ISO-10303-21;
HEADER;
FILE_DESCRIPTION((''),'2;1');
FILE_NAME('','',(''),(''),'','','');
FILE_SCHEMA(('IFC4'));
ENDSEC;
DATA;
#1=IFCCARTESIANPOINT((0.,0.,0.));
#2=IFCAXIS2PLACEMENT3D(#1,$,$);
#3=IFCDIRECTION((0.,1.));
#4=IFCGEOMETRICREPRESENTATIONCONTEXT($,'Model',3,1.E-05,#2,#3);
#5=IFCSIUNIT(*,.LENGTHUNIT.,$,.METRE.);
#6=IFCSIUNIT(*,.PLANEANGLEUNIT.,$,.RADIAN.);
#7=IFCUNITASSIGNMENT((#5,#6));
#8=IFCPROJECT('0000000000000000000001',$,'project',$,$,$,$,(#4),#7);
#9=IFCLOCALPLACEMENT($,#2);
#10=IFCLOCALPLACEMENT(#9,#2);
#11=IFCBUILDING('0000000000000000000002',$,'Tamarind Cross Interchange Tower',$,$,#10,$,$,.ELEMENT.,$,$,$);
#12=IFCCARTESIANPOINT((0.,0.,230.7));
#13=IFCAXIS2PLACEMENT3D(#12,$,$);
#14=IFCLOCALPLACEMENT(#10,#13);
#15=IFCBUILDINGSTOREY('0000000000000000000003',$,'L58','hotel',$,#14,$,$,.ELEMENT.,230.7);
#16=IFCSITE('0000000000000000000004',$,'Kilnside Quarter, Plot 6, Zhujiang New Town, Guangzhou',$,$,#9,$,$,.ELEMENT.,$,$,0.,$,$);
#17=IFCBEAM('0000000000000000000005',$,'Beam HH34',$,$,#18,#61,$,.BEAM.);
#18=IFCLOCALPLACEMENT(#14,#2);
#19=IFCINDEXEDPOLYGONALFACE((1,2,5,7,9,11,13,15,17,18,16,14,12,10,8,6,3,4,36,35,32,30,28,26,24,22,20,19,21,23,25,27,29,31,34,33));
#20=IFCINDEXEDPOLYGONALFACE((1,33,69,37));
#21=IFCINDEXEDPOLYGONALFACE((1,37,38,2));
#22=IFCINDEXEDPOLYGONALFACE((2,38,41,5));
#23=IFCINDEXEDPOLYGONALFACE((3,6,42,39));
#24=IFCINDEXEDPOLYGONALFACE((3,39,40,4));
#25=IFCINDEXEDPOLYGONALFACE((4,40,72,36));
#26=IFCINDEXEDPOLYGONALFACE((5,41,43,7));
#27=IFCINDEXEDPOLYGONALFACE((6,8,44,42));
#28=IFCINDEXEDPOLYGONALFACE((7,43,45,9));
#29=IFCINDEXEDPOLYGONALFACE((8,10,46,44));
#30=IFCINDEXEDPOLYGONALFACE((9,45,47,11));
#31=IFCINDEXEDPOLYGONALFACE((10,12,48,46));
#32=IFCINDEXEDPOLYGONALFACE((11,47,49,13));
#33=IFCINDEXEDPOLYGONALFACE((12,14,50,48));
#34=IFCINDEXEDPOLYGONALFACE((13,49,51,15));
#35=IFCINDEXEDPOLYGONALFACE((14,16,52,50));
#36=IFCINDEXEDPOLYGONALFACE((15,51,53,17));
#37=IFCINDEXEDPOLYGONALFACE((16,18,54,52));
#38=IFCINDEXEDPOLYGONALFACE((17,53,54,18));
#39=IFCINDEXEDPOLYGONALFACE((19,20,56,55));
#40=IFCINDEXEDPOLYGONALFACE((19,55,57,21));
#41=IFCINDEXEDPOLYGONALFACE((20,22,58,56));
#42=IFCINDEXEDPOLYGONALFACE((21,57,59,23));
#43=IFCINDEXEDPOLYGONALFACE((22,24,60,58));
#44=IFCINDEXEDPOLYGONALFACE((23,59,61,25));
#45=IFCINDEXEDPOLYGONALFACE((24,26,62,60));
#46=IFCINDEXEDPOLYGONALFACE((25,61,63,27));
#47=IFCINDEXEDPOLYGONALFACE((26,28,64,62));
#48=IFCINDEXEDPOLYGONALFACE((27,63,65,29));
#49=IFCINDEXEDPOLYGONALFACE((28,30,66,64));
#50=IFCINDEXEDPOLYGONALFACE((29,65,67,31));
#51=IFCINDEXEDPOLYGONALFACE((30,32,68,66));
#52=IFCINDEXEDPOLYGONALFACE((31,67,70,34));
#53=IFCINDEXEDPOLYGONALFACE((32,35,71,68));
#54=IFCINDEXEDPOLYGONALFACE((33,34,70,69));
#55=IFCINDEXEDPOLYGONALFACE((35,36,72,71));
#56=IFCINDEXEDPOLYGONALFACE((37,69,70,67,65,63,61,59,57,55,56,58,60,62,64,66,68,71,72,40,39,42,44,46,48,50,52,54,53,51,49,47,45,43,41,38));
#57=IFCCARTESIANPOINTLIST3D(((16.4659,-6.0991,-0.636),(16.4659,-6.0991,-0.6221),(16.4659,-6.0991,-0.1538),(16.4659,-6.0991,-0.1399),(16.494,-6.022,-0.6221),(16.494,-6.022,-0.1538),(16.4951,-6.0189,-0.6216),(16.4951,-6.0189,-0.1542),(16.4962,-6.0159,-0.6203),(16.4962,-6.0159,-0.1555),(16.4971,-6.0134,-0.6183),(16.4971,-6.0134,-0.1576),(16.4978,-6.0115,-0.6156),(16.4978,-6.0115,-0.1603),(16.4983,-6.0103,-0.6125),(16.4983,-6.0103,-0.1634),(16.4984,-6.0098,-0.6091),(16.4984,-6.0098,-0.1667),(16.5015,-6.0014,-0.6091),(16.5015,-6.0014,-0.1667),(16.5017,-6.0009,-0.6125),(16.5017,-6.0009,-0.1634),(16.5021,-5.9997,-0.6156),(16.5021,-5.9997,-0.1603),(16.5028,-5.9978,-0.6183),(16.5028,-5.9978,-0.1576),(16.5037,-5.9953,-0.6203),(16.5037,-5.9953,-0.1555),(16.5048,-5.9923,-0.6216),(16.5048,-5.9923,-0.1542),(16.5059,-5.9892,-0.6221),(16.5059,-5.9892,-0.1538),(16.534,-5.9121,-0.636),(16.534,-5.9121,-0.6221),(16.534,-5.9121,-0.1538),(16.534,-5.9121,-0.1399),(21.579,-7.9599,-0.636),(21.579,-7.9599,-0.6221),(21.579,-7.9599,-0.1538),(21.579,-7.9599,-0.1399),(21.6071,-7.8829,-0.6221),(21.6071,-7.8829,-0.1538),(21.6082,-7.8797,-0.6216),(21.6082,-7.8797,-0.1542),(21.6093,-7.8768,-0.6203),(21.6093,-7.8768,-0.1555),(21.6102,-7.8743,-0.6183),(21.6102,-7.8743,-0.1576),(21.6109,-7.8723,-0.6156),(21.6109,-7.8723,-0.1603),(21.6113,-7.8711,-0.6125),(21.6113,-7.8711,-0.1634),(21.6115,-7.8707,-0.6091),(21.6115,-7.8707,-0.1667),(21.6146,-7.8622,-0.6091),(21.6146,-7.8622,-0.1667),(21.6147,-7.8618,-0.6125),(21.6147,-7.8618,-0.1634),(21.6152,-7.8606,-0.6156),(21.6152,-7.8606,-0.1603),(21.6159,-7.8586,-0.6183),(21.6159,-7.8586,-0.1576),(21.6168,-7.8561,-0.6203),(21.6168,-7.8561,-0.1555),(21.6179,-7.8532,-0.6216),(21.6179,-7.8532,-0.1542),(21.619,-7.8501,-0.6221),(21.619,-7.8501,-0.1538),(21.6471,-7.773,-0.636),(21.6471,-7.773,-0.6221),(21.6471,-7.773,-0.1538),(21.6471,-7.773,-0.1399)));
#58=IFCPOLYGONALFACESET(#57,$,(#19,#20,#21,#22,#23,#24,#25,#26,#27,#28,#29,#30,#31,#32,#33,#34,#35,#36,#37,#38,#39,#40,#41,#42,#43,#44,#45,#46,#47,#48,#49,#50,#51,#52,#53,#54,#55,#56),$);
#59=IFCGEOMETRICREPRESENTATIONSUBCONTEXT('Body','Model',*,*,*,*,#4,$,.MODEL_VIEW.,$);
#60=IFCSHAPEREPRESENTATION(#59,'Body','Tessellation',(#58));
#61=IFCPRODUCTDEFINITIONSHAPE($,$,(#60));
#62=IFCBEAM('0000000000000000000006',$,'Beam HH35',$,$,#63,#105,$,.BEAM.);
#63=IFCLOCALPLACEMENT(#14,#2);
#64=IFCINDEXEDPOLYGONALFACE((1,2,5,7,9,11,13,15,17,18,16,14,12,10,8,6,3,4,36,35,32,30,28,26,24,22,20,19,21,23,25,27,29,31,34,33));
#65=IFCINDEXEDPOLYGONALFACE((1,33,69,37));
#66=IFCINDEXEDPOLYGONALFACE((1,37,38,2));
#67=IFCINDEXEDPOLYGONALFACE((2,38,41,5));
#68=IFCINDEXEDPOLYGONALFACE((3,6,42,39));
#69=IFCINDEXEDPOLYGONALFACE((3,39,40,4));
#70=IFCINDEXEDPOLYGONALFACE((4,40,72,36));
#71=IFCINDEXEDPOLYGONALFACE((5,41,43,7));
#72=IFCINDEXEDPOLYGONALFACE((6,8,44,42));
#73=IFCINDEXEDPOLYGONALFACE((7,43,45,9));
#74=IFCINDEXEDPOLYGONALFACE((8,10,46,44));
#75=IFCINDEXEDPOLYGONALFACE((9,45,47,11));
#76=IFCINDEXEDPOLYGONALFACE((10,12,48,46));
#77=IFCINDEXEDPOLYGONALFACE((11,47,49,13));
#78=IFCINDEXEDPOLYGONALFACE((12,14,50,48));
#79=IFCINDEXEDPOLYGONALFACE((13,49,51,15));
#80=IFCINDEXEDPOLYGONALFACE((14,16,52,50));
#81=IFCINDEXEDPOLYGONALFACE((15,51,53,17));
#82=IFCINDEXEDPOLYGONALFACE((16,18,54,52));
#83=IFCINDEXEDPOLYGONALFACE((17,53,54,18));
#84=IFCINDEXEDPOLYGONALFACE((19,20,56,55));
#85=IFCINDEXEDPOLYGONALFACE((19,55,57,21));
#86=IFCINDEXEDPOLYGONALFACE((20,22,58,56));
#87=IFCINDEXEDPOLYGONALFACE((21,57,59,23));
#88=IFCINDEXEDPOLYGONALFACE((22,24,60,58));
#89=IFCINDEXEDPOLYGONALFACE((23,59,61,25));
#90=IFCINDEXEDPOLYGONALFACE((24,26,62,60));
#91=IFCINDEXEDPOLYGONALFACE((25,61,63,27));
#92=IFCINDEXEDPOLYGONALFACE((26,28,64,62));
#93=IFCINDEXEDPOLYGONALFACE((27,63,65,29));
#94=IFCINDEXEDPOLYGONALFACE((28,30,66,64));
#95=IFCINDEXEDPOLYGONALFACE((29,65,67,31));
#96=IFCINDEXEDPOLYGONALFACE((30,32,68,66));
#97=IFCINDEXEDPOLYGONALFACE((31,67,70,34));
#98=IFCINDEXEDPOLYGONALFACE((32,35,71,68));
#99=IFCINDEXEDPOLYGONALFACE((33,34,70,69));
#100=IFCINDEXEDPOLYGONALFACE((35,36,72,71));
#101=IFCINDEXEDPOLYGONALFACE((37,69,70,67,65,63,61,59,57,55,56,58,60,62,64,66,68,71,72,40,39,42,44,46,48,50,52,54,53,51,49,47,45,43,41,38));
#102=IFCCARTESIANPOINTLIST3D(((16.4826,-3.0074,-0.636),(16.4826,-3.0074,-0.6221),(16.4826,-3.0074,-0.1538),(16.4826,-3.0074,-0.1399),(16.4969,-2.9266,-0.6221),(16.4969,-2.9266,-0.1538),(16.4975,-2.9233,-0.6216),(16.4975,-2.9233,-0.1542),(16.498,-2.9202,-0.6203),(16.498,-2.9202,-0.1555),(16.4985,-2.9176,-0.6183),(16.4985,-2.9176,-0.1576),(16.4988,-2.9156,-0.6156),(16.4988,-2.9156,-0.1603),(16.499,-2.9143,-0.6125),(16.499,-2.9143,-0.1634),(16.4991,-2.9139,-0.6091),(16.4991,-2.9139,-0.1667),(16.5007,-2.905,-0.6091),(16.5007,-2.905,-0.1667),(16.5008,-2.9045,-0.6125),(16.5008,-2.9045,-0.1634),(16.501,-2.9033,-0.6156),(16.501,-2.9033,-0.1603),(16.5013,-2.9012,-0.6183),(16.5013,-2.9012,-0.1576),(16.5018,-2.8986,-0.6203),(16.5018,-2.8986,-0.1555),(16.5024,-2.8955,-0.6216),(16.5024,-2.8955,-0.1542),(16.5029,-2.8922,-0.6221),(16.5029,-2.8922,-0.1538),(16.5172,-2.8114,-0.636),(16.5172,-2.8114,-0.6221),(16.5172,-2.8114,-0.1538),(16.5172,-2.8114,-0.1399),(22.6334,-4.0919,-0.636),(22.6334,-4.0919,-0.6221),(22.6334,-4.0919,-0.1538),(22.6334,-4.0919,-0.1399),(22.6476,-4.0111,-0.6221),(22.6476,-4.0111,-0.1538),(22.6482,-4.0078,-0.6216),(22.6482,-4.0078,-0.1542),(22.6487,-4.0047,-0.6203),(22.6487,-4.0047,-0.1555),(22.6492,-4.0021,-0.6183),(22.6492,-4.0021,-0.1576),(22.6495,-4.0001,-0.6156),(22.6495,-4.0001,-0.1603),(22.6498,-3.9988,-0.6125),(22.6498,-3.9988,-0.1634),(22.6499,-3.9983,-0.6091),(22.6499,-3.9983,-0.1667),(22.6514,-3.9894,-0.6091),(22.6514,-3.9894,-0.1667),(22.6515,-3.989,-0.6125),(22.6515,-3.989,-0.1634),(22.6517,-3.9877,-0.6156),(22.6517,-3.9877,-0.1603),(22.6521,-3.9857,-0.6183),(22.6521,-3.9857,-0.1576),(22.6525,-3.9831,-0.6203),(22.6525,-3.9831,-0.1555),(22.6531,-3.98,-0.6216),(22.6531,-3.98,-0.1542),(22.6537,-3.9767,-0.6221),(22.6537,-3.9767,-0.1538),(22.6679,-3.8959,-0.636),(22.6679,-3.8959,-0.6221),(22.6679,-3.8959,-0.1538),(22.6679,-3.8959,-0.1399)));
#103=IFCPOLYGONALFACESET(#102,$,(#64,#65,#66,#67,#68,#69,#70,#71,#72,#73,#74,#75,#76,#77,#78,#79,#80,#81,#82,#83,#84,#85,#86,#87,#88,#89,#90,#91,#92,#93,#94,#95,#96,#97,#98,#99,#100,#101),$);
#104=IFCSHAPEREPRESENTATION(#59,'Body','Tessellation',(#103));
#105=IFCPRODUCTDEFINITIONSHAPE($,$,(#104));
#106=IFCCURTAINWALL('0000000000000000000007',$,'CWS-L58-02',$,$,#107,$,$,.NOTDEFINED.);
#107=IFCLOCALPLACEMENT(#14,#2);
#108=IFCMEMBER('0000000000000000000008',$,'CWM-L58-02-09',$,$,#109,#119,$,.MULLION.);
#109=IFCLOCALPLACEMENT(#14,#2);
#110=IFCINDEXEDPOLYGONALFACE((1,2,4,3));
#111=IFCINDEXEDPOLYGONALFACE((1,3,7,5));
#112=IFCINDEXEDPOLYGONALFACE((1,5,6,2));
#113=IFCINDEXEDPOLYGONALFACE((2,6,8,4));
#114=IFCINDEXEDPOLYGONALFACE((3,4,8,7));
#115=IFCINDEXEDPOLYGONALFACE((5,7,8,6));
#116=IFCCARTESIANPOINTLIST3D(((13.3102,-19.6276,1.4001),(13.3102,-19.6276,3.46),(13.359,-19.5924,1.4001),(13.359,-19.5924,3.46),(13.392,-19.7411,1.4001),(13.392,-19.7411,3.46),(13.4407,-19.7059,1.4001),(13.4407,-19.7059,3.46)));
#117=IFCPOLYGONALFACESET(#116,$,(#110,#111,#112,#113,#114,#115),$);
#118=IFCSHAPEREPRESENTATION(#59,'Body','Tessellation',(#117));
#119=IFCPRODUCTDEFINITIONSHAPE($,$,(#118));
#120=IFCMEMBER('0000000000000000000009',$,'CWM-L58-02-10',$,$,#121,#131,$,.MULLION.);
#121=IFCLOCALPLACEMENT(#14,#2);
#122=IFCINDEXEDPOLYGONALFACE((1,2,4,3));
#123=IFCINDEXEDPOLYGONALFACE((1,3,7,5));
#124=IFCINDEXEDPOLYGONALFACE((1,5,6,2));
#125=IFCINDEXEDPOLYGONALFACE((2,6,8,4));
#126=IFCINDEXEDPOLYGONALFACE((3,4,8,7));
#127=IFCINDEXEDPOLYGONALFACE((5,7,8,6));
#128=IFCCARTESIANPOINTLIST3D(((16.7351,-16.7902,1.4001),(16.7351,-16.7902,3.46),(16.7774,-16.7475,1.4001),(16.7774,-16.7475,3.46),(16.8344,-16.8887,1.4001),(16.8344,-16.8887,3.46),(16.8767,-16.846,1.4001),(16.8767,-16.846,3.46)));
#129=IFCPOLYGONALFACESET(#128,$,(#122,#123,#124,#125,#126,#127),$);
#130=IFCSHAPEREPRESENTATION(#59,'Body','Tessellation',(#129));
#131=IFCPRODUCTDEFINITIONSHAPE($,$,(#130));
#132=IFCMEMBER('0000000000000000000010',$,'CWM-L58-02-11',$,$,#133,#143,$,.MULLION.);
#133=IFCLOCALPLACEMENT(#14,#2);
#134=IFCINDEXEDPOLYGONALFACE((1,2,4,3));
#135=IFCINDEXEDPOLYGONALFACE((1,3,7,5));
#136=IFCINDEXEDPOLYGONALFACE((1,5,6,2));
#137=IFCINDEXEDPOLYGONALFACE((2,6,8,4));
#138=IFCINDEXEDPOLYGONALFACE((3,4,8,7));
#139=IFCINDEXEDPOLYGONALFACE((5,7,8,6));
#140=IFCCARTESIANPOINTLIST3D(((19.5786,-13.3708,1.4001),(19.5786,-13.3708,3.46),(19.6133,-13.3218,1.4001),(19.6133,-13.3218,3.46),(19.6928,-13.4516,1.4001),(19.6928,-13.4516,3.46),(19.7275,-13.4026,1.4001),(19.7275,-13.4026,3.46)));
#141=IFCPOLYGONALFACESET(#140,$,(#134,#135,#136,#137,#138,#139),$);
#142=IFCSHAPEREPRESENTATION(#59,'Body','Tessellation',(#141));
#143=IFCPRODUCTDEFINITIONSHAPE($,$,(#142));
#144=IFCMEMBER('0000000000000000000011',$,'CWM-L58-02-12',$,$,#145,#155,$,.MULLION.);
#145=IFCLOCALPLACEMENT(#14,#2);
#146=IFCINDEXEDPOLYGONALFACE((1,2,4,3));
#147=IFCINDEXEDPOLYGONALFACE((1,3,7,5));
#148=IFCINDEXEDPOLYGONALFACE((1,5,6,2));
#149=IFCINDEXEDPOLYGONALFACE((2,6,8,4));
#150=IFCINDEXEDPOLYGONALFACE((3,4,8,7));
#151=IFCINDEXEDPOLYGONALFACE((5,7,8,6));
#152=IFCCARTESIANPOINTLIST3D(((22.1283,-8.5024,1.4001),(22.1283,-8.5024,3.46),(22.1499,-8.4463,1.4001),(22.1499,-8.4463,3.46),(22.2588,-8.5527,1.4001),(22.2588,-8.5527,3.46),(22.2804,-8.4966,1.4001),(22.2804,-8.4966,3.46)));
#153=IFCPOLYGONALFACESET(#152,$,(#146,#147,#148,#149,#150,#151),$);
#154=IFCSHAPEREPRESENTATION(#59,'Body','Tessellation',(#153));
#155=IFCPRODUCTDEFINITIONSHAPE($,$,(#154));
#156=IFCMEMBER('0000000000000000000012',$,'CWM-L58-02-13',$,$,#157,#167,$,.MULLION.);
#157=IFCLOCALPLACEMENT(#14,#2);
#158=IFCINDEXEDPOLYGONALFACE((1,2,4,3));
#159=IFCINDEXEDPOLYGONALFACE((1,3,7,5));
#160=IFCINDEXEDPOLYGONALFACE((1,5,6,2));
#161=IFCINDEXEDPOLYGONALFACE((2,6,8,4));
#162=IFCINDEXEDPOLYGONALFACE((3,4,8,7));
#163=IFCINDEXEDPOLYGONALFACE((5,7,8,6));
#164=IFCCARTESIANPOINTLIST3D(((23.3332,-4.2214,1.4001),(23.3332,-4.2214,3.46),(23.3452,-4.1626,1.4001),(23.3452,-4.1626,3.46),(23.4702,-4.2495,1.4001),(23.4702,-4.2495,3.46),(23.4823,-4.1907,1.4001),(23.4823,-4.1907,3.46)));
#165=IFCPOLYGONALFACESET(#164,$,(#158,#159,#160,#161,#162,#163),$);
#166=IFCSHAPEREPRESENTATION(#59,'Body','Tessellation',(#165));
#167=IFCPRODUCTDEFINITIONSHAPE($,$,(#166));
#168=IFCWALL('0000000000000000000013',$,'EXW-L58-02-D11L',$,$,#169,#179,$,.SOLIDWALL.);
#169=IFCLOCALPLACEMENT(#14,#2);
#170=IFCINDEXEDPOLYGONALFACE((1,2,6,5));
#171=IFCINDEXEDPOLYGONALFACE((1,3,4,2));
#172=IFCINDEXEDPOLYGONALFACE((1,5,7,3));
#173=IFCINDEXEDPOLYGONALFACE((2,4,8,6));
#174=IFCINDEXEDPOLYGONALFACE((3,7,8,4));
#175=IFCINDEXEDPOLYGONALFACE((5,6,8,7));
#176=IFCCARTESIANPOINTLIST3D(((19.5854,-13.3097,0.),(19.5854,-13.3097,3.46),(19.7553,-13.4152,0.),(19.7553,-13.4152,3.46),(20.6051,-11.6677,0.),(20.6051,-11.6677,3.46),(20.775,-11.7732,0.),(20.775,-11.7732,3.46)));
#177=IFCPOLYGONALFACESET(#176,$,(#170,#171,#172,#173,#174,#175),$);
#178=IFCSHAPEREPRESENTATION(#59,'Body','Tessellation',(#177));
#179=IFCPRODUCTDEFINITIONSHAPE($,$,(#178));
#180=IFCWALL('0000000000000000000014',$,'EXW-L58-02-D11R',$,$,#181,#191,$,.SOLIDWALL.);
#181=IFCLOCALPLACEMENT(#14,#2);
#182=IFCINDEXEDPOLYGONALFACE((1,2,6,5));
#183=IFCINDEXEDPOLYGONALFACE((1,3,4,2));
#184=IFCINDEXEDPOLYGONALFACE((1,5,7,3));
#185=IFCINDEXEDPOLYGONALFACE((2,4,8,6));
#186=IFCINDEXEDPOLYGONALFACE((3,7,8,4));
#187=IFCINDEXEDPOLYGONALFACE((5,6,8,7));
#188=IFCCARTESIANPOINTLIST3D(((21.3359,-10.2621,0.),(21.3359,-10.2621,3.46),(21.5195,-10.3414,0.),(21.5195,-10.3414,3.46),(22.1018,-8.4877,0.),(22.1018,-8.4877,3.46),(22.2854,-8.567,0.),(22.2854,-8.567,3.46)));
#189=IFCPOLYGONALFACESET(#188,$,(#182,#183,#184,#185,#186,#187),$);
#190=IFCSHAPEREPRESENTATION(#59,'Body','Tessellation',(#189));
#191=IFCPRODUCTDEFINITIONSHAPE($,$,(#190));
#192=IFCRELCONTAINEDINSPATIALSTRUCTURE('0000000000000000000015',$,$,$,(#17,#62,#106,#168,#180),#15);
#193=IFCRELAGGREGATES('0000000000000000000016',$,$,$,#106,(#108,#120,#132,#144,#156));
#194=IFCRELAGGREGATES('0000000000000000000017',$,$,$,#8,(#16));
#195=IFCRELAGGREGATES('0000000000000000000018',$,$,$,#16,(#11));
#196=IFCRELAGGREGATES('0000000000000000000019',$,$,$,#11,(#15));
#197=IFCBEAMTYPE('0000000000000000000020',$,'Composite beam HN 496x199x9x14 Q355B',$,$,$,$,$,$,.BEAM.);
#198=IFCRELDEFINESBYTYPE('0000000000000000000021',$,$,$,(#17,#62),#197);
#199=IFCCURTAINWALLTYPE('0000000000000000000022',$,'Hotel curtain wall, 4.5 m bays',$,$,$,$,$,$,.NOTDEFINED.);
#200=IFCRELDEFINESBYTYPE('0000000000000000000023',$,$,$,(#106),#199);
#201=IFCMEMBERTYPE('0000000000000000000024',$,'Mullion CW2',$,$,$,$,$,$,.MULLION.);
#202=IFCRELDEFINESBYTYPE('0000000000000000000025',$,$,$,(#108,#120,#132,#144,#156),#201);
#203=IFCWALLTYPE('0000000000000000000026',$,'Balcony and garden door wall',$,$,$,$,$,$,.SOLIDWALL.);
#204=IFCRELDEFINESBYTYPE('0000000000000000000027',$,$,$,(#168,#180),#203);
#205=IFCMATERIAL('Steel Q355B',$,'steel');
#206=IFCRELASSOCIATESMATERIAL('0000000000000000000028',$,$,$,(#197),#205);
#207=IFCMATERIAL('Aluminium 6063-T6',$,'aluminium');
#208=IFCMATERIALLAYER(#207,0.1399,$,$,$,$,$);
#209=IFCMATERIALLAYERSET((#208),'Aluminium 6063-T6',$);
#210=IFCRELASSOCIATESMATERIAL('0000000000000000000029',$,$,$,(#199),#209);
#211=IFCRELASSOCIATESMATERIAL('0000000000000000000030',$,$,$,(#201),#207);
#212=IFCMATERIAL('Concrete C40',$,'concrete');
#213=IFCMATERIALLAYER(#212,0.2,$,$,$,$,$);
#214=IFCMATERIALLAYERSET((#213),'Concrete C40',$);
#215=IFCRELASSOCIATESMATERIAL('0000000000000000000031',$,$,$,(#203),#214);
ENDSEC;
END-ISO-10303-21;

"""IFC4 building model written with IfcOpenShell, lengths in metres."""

from ifc_helpers import new_model, si_unit, direction, frame, frame_2d, origin, origin_2d, place, context, subcontext, project, spatial, rectangle, i_section, extrude, material, layer, layer_set, material_profile, profile_set, type_object, element, aggregate, save


model = new_model("IFC4")

# Units and contexts
model_context = context("Model", 3, precision=1e-05, world=origin(), true_north=direction((0.0, 1.0)))
body_context = subcontext(model_context, "Body", "Model", "MODEL_VIEW")
ifc_project = project(units=[si_unit("LENGTHUNIT", "METRE"), si_unit("PLANEANGLEUNIT", "RADIAN")], contexts=[model_context])

# Site, building, storey
site_placement = place(None, origin())
site = spatial("IfcSite", under=ifc_project, at=site_placement, Name="Kilnside Quarter, Plot 6, Zhujiang New Town, Guangzhou", CompositionType="ELEMENT", RefElevation=0.0)
building_placement = place(site_placement, origin())
building = spatial("IfcBuilding", under=site, at=building_placement, Name="Tamarind Cross Interchange Tower", CompositionType="ELEMENT")
storey_placement = place(building_placement, frame((0.0, 0.0, 230.7)))
storey = spatial("IfcBuildingStorey", under=building, at=storey_placement, Name="L58", Description="hotel", CompositionType="ELEMENT", Elevation=230.7)

# Beams
ifc_material_1 = material(Name="Steel Q355B", Category="steel")
ifc_material_profile_1 = material_profile(ifc_material_1, i_section(OverallWidth=0.199, OverallDepth=0.4961, WebThickness=0.009, FlangeThickness=0.0139, FilletRadius=0.0129, at=origin_2d()), Name="HN 496x199x9x14")
ifc_profile_set_1 = profile_set([ifc_material_profile_1], Name="Steel Q355B")
beam_type = type_object("IfcBeamType", Name="Composite beam HN 496x199x9x14 Q355B", PredefinedType="BEAM", material=ifc_profile_set_1)
beam_1_placement = place(storey_placement, frame((21.613, -7.8665, -0.3879), z_axis=(-0.939702, 0.341995, 0.0), x_axis=(-0.341995, -0.939702, 0.0)))
element("IfcBeam", 1, at=beam_1_placement, inside=storey, type_object=beam_type, Name="Beam HH34", PredefinedType="BEAM", context=body_context, shape_type="SweptSolid", body=[
    extrude(i_section(OverallWidth=0.199, OverallDepth=0.4961, WebThickness=0.009, FlangeThickness=0.0139, FilletRadius=0.0129, at=origin_2d()), origin(), (0.0, 0.0, 1.0), 5.4412),
])
beam_2_placement = place(storey_placement, frame((22.6506, -3.9939, -0.3879), z_axis=(-0.984809, 0.17364, 0.0), x_axis=(-0.17364, -0.984809, 0.0)))
element("IfcBeam", 2, at=beam_2_placement, inside=storey, type_object=beam_type, Name="Beam HH35", PredefinedType="BEAM", context=body_context, shape_type="SweptSolid", body=[
    extrude(i_section(OverallWidth=0.199, OverallDepth=0.4961, WebThickness=0.009, FlangeThickness=0.0139, FilletRadius=0.0129, at=origin_2d()), origin(), (0.0, 0.0, 1.0), 6.2456),
])

# Curtain wall, members
ifc_material_2 = material(Name="Aluminium 6063-T6", Category="aluminium")
ifc_layer_1 = layer(ifc_material_2, 0.1399)
ifc_layer_set_1 = layer_set([ifc_layer_1], Name="Aluminium 6063-T6")
curtain_wall_type = type_object("IfcCurtainWallType", Name="Hotel curtain wall, 4.5 m bays", PredefinedType="NOTDEFINED", material=ifc_layer_set_1)
curtain_wall_placement = place(storey_placement, origin())
curtain_wall = element("IfcCurtainWall", 3, at=curtain_wall_placement, inside=storey, type_object=curtain_wall_type, Name="CWS-L58-02", PredefinedType="NOTDEFINED")
ifc_material_profile_2 = material_profile(ifc_material_2, rectangle(XDim=0.0601, YDim=0.1399, at=origin_2d()), Name="Mullion CW2")
ifc_profile_set_2 = profile_set([ifc_material_profile_2], Name="Aluminium 6063-T6")
member_type = type_object("IfcMemberType", Name="Mullion CW2", PredefinedType="MULLION", material=ifc_profile_set_2)
member_1_placement = place(storey_placement, frame((13.3755, -19.6667, 1.4001), z_axis=(0.0, 0.0, 1.0), x_axis=(0.81134, 0.584574, 0.0)))
member_1 = element("IfcMember", 4, at=member_1_placement, type_object=member_type, Name="CWM-L58-02-09", PredefinedType="MULLION", context=body_context, shape_type="SweptSolid", body=[
    extrude(rectangle(XDim=0.0601, YDim=0.1399, at=origin_2d()), origin(), (0.0, 0.0, 1.0), 2.0598),
])
member_2_placement = place(storey_placement, frame((16.8059, -16.8181, 1.4001), z_axis=(0.0, 0.0, 1.0), x_axis=(0.704057, 0.710143, 0.0)))
member_2 = element("IfcMember", 5, at=member_2_placement, type_object=member_type, Name="CWM-L58-02-10", PredefinedType="MULLION", context=body_context, shape_type="SweptSolid", body=[
    extrude(rectangle(XDim=0.0601, YDim=0.1399, at=origin_2d()), origin(), (0.0, 0.0, 1.0), 2.0598),
])
member_3_placement = place(storey_placement, frame((19.6531, -13.3867, 1.4001), z_axis=(0.0, 0.0, 1.0), x_axis=(0.577569, 0.816342, 0.0)))
member_3 = element("IfcMember", 6, at=member_3_placement, type_object=member_type, Name="CWM-L58-02-11", PredefinedType="MULLION", context=body_context, shape_type="SweptSolid", body=[
    extrude(rectangle(XDim=0.0601, YDim=0.1399, at=origin_2d()), origin(), (0.0, 0.0, 1.0), 2.0598),
])
member_4_placement = place(storey_placement, frame((22.2043, -8.4995, 1.4001), z_axis=(0.0, 0.0, 1.0), x_axis=(0.359495, 0.933147, 0.0)))
member_4 = element("IfcMember", 7, at=member_4_placement, type_object=member_type, Name="CWM-L58-02-12", PredefinedType="MULLION", context=body_context, shape_type="SweptSolid", body=[
    extrude(rectangle(XDim=0.0601, YDim=0.1399, at=origin_2d()), origin(), (0.0, 0.0, 1.0), 2.0598),
])
member_5_placement = place(storey_placement, frame((23.4077, -4.2061, 1.4001), z_axis=(0.0, 0.0, 1.0), x_axis=(0.201001, 0.979591, 0.0)))
member_5 = element("IfcMember", 8, at=member_5_placement, type_object=member_type, Name="CWM-L58-02-13", PredefinedType="MULLION", context=body_context, shape_type="SweptSolid", body=[
    extrude(rectangle(XDim=0.0601, YDim=0.1399, at=origin_2d()), origin(), (0.0, 0.0, 1.0), 2.0598),
])
aggregate(curtain_wall, [member_1, member_2, member_3, member_4, member_5])

# Walls
ifc_material_3 = material(Name="Concrete C40", Category="concrete")
ifc_layer_2 = layer(ifc_material_3, 0.2)
ifc_layer_set_2 = layer_set([ifc_layer_2], Name="Concrete C40")
wall_type_1 = type_object("IfcWallType", Name="Balcony and garden door wall", PredefinedType="SOLIDWALL", material=ifc_layer_set_2)
wall_1_placement = place(storey_placement, frame((19.6704, -13.3623, 0.0), z_axis=(0.0, 0.0, 1.0), x_axis=(0.527567, 0.849513, 0.0)))
element("IfcWall", 9, at=wall_1_placement, inside=storey, type_object=wall_type_1, Name="EXW-L58-02-D11L", PredefinedType="SOLIDWALL", context=body_context, shape_type="SweptSolid", body=[
    extrude(rectangle(XDim=1.9329, YDim=0.2, at=frame_2d((0.9663, 0.0))), origin(), (0.0, 0.0, 1.0), 3.46),
])
wall_2_placement = place(storey_placement, frame((21.4277, -10.3018, 0.0), z_axis=(0.0, 0.0, 1.0), x_axis=(0.396281, 0.918129, 0.0)))
element("IfcWall", 10, at=wall_2_placement, inside=storey, type_object=wall_type_1, Name="EXW-L58-02-D11R", PredefinedType="SOLIDWALL", context=body_context, shape_type="SweptSolid", body=[
    extrude(rectangle(XDim=1.9326, YDim=0.2, at=frame_2d((0.9663, 0.0))), origin(), (0.0, 0.0, 1.0), 3.46),
])

save(model, "model.ifc")
